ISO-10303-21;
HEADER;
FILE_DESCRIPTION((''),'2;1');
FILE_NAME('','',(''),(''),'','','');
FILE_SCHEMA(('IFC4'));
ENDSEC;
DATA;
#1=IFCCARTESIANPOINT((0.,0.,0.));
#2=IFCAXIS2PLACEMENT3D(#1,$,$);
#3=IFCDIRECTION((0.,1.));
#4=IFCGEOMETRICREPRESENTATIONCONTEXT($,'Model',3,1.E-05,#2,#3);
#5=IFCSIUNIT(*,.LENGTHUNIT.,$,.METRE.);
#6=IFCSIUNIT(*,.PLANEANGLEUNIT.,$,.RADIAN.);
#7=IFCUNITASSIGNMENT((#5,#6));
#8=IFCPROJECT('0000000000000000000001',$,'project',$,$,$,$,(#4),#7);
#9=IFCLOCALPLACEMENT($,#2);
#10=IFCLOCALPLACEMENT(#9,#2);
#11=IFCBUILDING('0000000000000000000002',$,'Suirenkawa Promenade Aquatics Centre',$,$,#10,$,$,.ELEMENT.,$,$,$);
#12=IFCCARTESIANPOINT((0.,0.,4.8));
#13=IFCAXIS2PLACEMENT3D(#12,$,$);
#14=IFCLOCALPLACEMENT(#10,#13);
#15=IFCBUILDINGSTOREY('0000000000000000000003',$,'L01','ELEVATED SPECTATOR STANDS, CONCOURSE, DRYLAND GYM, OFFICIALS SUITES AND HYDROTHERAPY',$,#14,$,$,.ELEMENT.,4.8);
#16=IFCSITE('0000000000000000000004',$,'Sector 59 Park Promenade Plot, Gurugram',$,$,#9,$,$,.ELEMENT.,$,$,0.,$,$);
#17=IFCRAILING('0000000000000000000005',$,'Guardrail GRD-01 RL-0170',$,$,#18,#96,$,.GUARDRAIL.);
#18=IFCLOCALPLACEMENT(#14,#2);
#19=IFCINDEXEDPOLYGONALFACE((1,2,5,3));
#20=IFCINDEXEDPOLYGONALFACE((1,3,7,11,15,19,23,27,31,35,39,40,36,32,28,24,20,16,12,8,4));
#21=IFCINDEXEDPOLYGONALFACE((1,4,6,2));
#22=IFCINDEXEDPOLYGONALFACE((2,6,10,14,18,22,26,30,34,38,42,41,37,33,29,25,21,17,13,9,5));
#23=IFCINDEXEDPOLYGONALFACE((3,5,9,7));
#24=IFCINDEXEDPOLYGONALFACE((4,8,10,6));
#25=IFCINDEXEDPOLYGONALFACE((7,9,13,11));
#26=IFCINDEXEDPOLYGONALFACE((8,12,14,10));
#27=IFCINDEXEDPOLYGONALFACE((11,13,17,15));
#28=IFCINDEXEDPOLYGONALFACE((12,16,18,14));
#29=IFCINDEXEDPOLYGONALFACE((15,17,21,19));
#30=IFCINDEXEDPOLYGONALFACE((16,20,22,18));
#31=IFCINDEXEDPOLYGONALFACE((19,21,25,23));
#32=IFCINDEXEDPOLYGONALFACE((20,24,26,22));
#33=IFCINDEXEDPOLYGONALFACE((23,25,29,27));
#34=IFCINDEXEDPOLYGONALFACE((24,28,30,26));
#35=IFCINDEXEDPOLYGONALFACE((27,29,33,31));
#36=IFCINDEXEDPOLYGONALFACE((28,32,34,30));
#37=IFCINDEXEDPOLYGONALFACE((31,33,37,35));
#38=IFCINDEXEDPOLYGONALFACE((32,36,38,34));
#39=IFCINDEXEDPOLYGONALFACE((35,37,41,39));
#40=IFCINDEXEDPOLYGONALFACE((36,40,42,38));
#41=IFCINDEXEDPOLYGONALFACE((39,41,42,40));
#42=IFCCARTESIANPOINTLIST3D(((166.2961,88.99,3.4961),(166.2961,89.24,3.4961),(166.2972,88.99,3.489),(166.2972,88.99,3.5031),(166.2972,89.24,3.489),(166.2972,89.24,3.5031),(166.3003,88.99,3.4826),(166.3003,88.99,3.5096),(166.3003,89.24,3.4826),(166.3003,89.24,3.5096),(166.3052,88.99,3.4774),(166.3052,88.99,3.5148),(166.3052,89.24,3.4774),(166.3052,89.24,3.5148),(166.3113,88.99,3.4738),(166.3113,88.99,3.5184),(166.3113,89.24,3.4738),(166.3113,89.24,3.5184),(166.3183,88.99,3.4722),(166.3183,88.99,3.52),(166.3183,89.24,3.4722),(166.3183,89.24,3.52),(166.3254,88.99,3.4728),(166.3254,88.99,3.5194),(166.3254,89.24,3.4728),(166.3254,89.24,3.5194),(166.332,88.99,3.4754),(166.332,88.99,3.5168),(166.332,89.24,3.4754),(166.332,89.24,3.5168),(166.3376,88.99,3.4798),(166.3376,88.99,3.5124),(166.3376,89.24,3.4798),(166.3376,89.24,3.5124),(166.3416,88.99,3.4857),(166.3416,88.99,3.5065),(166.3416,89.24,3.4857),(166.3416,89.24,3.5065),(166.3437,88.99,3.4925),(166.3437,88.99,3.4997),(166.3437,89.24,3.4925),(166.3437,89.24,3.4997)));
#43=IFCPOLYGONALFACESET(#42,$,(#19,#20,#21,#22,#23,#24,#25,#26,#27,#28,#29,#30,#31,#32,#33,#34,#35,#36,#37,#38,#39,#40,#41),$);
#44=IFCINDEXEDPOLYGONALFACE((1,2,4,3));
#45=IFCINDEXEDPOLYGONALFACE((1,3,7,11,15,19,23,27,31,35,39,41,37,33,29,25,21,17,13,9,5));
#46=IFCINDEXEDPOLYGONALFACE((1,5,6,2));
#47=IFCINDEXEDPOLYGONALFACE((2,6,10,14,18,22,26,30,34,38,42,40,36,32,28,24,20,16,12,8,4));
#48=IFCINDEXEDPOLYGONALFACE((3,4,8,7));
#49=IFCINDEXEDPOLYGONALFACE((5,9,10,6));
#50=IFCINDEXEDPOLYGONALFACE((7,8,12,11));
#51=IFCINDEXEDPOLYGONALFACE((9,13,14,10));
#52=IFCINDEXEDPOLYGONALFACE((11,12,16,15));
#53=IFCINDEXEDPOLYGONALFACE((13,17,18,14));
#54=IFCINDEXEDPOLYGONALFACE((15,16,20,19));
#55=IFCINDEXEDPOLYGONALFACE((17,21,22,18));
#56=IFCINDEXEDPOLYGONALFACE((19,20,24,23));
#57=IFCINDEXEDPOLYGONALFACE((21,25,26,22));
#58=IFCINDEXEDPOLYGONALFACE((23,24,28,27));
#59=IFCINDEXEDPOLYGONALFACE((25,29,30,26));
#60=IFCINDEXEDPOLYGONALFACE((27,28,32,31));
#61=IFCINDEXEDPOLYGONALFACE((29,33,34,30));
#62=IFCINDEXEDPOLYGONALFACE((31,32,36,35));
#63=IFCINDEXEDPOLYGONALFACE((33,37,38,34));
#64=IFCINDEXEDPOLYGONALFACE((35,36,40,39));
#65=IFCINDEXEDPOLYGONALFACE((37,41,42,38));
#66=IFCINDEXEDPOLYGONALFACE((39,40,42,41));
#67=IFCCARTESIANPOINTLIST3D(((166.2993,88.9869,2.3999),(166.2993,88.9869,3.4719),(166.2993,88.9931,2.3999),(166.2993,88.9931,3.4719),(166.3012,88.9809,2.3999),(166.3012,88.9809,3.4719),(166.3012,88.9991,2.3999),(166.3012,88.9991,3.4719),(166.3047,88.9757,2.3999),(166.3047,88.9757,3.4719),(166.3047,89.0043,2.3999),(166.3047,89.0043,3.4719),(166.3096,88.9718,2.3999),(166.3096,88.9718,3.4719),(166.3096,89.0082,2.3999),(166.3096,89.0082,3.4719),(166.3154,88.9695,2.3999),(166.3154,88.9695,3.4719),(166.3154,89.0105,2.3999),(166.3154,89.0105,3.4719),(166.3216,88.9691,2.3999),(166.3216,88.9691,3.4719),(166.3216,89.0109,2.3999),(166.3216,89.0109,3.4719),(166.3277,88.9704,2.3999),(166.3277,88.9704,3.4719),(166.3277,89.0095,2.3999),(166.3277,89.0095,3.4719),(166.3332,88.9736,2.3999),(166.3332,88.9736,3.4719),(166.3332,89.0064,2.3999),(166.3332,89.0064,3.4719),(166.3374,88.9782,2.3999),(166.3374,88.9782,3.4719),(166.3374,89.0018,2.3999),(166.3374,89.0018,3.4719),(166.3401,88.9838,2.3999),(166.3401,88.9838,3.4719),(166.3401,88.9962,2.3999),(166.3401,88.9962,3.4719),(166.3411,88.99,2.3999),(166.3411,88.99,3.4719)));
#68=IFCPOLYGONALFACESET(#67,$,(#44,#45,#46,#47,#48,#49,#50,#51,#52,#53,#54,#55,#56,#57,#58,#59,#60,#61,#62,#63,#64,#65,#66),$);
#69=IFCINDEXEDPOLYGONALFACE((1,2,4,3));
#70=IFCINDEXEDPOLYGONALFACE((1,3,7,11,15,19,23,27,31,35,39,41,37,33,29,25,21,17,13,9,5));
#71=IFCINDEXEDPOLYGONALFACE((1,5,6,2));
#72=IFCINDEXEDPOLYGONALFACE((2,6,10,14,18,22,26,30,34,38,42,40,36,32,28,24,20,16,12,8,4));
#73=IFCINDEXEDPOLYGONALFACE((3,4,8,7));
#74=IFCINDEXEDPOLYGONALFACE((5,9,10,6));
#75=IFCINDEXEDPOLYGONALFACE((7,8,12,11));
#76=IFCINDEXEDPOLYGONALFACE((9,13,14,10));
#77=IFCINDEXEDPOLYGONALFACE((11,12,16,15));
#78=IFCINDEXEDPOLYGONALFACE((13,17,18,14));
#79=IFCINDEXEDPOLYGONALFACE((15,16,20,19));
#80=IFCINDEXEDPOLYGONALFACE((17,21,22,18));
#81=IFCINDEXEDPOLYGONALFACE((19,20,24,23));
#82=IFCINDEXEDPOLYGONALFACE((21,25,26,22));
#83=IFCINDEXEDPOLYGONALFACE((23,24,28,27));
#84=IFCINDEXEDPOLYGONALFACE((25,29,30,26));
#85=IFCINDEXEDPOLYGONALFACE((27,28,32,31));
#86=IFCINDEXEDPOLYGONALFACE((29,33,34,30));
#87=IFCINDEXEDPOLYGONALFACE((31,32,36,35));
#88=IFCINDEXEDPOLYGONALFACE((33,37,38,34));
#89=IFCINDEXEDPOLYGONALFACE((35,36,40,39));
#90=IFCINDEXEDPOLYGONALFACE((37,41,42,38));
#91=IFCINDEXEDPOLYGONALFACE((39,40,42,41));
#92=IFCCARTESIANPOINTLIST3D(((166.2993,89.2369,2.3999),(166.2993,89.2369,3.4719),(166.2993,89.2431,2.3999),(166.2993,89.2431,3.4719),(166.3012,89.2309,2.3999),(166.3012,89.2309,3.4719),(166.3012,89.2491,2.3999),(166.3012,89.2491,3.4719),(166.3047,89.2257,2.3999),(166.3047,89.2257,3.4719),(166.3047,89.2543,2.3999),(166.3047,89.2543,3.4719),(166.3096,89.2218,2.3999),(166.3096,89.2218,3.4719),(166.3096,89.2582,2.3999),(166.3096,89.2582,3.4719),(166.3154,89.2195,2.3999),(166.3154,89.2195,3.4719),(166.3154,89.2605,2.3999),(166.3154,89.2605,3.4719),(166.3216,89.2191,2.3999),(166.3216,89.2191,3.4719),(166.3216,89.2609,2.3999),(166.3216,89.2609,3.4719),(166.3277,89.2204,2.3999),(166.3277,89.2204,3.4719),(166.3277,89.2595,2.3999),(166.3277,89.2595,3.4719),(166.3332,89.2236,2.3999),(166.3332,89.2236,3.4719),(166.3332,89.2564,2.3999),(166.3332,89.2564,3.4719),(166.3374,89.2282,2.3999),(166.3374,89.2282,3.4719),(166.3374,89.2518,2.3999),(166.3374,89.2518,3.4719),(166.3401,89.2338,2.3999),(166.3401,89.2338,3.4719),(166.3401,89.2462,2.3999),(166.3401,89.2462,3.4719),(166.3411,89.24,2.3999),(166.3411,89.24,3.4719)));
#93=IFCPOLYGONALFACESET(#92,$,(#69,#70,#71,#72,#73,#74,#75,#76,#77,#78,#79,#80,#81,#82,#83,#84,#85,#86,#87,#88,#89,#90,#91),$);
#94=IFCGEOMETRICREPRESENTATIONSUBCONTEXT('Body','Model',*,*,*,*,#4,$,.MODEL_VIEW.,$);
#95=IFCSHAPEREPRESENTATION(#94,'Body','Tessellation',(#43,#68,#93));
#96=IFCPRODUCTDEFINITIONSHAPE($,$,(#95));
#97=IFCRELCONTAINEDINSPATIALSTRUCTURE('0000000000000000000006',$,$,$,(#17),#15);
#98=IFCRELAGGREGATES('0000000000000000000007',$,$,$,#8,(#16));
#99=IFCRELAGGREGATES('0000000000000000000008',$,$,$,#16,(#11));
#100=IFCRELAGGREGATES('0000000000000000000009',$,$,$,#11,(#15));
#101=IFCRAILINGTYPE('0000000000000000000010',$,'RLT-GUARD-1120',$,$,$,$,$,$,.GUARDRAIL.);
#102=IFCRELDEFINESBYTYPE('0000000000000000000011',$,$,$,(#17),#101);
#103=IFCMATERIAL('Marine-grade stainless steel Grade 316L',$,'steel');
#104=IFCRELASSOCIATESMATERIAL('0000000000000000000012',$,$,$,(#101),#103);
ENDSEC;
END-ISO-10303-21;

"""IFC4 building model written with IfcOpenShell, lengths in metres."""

from ifc_helpers import new_model, si_unit, direction, frame, origin, origin_2d, place, context, subcontext, project, spatial, circle, extrude, material, type_object, element, save


model = new_model("IFC4")

# Units and contexts
model_context = context("Model", 3, precision=1e-05, world=origin(), true_north=direction((0.0, 1.0)))
body_context = subcontext(model_context, "Body", "Model", "MODEL_VIEW")
ifc_project = project(units=[si_unit("LENGTHUNIT", "METRE"), si_unit("PLANEANGLEUNIT", "RADIAN")], contexts=[model_context])

# Site, building, storey
site_placement = place(None, origin())
site = spatial("IfcSite", under=ifc_project, at=site_placement, Name="Sector 59 Park Promenade Plot, Gurugram", CompositionType="ELEMENT", RefElevation=0.0)
building_placement = place(site_placement, origin())
building = spatial("IfcBuilding", under=site, at=building_placement, Name="Suirenkawa Promenade Aquatics Centre", CompositionType="ELEMENT")
storey_placement = place(building_placement, frame((0.0, 0.0, 4.8)))
storey = spatial("IfcBuildingStorey", under=building, at=storey_placement, Name="L01", Description="ELEVATED SPECTATOR STANDS, CONCOURSE, DRYLAND GYM, OFFICIALS SUITES AND HYDROTHERAPY", CompositionType="ELEMENT", Elevation=4.8)

# Railing
ifc_material_1 = material(Name="Marine-grade stainless steel Grade 316L", Category="steel")
railing_type_1 = type_object("IfcRailingType", Name="RLT-GUARD-1120", PredefinedType="GUARDRAIL", material=ifc_material_1)
railing_1_placement = place(storey_placement, frame((166.3201, 88.99, 2.3999)))
element("IfcRailing", 1, at=railing_1_placement, inside=storey, type_object=railing_type_1, Name="Guardrail GRD-01 RL-0170", PredefinedType="GUARDRAIL", context=body_context, shape_type="SweptSolid", body=[
    extrude(circle(Radius=0.0239, at=origin_2d()), frame((0.0, 0.0, 1.0962), z_axis=(0.0, 1.0, 0.0), x_axis=(-1.0, 0.0, 0.0)), (0.0, 0.0, 1.0), 0.25),
    extrude(circle(Radius=0.021, at=origin_2d()), origin(), (0.0, 0.0, 1.0), 1.072),
    extrude(circle(Radius=0.021, at=origin_2d()), frame((0.0, 0.25, 0.0)), (0.0, 0.0, 1.0), 1.072),
])

save(model, "model.ifc")
